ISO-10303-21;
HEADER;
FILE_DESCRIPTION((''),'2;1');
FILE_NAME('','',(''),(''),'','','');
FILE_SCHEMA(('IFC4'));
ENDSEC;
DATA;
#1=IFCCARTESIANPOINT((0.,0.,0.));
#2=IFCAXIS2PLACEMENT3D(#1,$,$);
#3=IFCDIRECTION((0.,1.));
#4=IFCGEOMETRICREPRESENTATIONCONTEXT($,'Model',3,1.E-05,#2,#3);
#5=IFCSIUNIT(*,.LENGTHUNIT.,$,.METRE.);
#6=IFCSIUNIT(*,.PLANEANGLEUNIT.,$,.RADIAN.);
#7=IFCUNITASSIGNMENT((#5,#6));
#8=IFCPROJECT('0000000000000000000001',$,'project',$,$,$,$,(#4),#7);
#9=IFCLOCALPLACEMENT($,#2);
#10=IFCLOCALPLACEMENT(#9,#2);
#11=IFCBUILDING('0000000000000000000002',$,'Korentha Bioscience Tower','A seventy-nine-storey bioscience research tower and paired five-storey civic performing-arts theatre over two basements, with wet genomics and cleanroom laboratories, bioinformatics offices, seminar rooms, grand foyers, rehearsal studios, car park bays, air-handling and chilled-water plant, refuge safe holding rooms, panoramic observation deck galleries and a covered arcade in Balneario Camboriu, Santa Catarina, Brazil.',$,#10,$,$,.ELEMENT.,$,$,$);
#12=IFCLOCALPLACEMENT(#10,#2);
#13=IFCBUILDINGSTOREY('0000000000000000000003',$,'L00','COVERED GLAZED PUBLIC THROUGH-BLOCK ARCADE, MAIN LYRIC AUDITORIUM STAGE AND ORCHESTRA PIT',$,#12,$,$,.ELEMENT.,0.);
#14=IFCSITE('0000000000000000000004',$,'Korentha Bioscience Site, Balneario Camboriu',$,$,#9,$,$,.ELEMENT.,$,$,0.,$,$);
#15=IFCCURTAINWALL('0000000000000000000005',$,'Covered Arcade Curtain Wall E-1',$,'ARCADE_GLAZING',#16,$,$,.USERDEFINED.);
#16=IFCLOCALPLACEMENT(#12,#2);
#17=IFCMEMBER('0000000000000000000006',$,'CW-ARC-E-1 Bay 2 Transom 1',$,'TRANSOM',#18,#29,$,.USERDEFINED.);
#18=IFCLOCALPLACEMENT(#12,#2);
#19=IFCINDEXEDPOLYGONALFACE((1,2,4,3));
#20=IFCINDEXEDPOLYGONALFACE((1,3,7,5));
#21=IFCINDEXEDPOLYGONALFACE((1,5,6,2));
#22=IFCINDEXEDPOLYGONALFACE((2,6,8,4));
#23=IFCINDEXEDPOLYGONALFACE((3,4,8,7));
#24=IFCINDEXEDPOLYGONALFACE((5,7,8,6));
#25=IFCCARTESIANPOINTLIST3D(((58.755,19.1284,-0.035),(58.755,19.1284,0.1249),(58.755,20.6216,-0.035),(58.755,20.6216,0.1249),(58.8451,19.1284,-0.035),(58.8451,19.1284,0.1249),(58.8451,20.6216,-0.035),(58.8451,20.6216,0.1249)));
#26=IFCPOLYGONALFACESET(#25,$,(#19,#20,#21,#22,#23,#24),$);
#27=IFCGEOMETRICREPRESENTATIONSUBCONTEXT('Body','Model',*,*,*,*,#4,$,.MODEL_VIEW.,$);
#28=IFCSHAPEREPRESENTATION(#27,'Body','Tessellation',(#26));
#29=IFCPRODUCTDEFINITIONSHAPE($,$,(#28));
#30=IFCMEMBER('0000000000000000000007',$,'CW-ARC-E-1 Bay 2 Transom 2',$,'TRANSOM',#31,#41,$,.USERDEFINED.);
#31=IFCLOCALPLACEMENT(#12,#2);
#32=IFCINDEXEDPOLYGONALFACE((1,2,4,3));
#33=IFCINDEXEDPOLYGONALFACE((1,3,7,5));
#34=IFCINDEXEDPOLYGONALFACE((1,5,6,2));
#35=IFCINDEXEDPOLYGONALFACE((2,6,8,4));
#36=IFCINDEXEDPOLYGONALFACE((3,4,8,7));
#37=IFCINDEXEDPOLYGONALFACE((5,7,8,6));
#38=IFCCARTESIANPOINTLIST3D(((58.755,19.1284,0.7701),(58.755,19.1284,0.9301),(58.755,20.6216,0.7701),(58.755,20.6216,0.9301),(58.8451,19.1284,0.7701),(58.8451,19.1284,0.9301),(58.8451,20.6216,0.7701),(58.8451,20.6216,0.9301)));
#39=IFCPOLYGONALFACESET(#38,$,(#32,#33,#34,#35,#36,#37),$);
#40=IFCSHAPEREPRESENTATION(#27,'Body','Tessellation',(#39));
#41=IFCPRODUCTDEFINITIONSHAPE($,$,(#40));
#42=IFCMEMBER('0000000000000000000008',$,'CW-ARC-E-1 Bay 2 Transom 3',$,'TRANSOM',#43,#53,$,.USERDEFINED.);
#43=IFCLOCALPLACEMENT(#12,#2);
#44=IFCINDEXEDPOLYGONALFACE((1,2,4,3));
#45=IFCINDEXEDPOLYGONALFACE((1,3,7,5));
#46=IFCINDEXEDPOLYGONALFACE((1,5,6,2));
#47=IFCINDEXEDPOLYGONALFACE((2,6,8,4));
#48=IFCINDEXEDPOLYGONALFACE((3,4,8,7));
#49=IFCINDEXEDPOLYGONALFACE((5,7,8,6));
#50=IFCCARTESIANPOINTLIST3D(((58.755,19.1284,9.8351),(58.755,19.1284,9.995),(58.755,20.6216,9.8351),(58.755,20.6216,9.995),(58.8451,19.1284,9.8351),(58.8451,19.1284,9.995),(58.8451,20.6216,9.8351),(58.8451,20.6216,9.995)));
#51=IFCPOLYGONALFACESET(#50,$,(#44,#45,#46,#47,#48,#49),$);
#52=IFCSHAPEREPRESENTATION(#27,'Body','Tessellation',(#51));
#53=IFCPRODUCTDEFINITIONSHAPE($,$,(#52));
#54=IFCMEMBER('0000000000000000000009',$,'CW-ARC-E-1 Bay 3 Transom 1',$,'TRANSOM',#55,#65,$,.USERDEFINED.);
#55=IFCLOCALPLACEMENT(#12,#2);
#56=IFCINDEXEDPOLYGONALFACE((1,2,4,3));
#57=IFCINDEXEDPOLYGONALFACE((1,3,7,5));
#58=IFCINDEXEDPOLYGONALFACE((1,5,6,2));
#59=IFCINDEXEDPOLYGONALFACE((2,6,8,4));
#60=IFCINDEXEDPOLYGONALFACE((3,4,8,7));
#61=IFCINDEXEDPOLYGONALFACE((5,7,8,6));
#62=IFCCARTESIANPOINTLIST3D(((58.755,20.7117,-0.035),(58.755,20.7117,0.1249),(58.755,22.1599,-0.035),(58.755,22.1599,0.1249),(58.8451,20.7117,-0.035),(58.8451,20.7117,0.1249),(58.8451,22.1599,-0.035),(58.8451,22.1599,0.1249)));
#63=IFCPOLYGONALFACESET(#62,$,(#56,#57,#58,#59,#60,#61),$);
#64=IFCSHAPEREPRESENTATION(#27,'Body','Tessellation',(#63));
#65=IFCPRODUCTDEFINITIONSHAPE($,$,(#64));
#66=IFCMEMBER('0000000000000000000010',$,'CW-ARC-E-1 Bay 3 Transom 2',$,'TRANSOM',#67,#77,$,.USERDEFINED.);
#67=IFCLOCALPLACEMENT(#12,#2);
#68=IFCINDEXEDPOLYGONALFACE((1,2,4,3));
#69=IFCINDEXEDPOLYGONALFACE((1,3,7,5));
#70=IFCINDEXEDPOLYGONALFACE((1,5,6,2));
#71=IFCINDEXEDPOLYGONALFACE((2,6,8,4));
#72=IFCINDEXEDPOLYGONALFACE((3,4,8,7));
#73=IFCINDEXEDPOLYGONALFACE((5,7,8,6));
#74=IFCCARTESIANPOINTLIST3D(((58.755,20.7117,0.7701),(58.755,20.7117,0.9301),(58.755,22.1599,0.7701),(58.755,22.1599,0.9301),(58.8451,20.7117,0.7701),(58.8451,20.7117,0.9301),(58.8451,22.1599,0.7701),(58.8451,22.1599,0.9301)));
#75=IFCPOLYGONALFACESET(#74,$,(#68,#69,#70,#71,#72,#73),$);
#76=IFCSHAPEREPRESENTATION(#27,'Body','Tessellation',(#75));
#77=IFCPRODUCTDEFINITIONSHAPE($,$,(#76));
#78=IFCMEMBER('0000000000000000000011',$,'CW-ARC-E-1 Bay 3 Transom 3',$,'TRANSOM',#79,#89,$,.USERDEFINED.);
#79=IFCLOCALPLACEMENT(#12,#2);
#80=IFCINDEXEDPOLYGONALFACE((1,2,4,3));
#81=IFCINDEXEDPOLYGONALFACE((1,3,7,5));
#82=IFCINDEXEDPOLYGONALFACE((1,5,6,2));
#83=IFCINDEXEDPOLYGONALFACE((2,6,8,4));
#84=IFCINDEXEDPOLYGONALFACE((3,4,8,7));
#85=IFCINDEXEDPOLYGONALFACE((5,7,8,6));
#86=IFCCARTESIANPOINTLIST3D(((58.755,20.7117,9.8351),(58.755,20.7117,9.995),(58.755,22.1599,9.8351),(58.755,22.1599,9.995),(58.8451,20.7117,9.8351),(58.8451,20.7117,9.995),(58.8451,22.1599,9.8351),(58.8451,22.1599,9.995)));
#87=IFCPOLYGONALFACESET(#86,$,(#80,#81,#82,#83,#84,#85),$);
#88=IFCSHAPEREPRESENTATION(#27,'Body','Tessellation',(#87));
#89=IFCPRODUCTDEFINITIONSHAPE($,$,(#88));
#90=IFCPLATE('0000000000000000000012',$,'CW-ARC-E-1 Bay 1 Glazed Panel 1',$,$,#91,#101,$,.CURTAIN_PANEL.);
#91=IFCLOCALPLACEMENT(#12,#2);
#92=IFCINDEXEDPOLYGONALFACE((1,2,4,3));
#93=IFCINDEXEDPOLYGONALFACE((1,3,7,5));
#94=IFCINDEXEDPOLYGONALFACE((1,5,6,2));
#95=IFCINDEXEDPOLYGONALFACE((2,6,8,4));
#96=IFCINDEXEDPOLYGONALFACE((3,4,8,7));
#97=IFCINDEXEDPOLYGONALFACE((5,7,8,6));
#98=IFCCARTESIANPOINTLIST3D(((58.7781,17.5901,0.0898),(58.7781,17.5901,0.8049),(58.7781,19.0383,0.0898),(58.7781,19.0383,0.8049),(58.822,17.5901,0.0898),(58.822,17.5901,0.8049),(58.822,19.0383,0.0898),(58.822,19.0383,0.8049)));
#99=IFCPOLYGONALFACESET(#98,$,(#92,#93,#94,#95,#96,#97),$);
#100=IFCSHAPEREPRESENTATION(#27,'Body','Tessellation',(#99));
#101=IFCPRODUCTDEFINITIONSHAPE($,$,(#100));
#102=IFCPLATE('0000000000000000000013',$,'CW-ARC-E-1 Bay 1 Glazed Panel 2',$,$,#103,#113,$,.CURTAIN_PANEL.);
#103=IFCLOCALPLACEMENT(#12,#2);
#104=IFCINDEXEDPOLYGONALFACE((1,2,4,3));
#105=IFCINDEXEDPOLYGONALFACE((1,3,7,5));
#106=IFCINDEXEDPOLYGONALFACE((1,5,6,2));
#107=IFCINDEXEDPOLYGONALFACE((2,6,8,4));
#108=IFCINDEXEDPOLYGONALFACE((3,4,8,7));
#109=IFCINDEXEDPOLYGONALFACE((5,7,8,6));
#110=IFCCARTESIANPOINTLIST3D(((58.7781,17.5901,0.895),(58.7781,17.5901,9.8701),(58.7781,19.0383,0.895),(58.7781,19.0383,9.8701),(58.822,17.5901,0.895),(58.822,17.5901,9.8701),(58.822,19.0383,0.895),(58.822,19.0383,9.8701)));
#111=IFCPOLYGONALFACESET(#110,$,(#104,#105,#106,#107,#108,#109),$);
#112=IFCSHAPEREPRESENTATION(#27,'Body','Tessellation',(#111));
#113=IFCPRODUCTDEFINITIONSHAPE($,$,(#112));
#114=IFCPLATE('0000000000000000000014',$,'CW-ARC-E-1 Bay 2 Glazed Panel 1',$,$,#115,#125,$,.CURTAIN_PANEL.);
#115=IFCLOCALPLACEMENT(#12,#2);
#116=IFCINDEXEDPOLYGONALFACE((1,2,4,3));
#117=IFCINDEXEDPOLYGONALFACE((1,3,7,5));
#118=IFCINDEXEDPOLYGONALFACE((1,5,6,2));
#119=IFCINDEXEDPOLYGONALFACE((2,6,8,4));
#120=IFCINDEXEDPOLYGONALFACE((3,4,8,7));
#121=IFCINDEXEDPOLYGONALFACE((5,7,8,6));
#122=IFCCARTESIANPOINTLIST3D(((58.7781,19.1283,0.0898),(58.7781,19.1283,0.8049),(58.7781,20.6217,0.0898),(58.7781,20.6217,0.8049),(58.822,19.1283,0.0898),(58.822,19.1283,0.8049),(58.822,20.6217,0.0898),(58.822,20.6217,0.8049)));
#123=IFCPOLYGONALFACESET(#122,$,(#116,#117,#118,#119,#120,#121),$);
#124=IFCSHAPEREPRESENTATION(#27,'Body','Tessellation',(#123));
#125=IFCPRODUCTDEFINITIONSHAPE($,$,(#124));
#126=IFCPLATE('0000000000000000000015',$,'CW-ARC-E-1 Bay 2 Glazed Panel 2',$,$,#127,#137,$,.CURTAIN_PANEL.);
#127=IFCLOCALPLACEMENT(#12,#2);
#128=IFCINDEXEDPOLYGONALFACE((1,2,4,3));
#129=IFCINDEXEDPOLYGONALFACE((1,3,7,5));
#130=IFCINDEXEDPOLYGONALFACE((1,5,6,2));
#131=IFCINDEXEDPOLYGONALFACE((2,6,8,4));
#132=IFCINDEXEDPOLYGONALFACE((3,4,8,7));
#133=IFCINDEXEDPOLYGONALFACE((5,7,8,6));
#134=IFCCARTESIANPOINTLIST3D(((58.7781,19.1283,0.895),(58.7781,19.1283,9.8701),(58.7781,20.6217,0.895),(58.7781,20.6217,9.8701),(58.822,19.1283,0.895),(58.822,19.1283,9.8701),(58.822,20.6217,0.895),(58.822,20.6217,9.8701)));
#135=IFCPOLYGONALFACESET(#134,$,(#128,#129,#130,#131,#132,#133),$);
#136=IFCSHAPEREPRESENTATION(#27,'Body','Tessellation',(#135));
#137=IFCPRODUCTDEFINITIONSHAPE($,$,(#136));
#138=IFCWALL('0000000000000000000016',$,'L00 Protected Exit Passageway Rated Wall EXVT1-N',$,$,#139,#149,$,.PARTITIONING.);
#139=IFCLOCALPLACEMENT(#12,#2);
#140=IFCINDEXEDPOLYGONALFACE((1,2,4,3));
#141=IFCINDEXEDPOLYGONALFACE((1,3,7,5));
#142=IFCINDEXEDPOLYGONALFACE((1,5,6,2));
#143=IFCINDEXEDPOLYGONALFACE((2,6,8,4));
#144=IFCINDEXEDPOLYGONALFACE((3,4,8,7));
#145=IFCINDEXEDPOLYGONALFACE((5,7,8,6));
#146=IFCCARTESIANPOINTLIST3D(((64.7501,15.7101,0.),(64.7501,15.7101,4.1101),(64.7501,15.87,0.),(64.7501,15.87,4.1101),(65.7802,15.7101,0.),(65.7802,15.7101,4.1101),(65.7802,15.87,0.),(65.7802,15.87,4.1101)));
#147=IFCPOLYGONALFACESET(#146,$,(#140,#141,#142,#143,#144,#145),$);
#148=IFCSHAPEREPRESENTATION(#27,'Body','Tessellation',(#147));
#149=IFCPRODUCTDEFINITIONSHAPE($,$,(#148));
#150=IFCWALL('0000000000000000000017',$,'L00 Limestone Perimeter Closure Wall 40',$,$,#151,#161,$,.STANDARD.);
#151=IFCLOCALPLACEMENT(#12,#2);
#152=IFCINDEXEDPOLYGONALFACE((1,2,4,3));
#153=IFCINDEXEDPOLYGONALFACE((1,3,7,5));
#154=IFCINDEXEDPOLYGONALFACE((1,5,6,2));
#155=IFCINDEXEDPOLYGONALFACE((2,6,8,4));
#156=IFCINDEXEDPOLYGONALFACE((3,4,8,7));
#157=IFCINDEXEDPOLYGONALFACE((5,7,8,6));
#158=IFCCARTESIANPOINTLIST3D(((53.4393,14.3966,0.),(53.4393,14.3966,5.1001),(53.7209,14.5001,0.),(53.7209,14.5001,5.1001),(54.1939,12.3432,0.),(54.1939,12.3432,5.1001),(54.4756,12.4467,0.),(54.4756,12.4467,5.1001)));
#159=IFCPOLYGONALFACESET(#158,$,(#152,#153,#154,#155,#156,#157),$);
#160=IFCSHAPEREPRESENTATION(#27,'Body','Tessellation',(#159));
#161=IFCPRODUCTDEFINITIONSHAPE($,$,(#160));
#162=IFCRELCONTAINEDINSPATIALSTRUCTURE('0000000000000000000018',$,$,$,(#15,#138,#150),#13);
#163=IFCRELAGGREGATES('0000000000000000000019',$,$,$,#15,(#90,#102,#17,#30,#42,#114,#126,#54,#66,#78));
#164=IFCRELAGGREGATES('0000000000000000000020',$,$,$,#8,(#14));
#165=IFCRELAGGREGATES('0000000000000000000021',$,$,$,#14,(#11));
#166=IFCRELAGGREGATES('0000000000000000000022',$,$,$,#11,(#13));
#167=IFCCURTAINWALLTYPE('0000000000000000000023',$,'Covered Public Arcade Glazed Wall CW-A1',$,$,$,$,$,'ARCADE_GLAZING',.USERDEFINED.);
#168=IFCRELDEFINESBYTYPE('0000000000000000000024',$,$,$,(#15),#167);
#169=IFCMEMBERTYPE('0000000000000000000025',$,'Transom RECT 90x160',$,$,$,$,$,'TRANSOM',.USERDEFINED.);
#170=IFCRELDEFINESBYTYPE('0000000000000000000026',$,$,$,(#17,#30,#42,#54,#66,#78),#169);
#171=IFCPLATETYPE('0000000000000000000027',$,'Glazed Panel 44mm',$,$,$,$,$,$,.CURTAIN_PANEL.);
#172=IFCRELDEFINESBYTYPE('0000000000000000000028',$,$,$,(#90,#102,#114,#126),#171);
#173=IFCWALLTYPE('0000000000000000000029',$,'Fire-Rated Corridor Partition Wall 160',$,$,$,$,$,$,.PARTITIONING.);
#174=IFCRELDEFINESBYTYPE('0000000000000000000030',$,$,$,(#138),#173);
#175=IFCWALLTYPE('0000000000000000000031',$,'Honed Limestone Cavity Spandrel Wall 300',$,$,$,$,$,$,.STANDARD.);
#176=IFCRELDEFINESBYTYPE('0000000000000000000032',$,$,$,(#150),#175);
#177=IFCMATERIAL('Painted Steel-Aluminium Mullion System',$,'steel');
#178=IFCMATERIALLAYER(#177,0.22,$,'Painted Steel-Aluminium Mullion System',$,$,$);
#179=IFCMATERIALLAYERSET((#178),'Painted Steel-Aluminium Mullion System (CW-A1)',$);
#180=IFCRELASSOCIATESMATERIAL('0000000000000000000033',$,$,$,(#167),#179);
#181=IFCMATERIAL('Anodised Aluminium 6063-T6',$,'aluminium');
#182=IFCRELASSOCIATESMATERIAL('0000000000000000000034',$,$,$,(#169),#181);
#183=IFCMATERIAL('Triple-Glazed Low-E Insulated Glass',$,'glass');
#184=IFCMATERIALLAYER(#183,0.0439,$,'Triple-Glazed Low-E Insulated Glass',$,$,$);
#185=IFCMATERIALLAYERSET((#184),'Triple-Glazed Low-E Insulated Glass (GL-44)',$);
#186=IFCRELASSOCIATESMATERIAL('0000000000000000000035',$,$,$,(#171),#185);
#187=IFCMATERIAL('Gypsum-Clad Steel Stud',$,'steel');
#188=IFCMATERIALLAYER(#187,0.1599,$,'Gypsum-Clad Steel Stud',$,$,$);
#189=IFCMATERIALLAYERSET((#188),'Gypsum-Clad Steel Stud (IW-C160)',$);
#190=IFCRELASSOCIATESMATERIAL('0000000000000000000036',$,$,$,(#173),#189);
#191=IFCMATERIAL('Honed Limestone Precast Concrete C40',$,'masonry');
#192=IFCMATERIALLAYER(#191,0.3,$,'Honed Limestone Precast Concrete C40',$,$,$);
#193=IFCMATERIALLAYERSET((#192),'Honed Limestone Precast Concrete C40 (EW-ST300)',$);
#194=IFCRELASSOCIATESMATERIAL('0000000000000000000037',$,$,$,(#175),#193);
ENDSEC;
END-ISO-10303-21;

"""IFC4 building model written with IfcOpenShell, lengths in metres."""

from ifc_helpers import new_model, si_unit, direction, frame, frame_2d, origin, origin_2d, place, context, subcontext, project, spatial, rectangle, extrude, material, layer, layer_set, material_profile, profile_set, type_object, element, aggregate, save


model = new_model("IFC4")

# Units and contexts
model_context = context("Model", 3, precision=1e-05, world=origin(), true_north=direction((0.0, 1.0)))
body_context = subcontext(model_context, "Body", "Model", "MODEL_VIEW")
ifc_project = project(units=[si_unit("LENGTHUNIT", "METRE"), si_unit("PLANEANGLEUNIT", "RADIAN")], contexts=[model_context])

# Site, building, storey
site_placement = place(None, origin())
site = spatial("IfcSite", under=ifc_project, at=site_placement, Name="Korentha Bioscience Site, Balneario Camboriu", CompositionType="ELEMENT", RefElevation=0.0)
building_placement = place(site_placement, origin())
building = spatial("IfcBuilding", under=site, at=building_placement, Name="Korentha Bioscience Tower", Description="A seventy-nine-storey bioscience research tower and paired five-storey civic performing-arts theatre over two basements, with wet genomics and cleanroom laboratories, bioinformatics offices, seminar rooms, grand foyers, rehearsal studios, car park bays, air-handling and chilled-water plant, refuge safe holding rooms, panoramic observation deck galleries and a covered arcade in Balneario Camboriu, Santa Catarina, Brazil.", CompositionType="ELEMENT")
storey_placement = place(building_placement, origin())
storey = spatial("IfcBuildingStorey", under=building, at=storey_placement, Name="L00", Description="COVERED GLAZED PUBLIC THROUGH-BLOCK ARCADE, MAIN LYRIC AUDITORIUM STAGE AND ORCHESTRA PIT", CompositionType="ELEMENT", Elevation=0.0)

# Curtain wall
ifc_material_1 = material(Name="Painted Steel-Aluminium Mullion System", Category="steel")
ifc_layer_1 = layer(ifc_material_1, 0.22, Name="Painted Steel-Aluminium Mullion System")
ifc_layer_set_1 = layer_set([ifc_layer_1], Name="Painted Steel-Aluminium Mullion System (CW-A1)")
curtain_wall_type = type_object("IfcCurtainWallType", Name="Covered Public Arcade Glazed Wall CW-A1", ElementType="ARCADE_GLAZING", PredefinedType="USERDEFINED", material=ifc_layer_set_1)
curtain_wall_placement = place(storey_placement, origin())
curtain_wall = element("IfcCurtainWall", 1, at=curtain_wall_placement, inside=storey, type_object=curtain_wall_type, Name="Covered Arcade Curtain Wall E-1", ObjectType="ARCADE_GLAZING", PredefinedType="USERDEFINED")
ifc_material_2 = material(Name="Anodised Aluminium 6063-T6", Category="aluminium")

# Members
ifc_material_profile_1 = material_profile(ifc_material_2, rectangle(XDim=0.0901, YDim=0.1599, at=origin_2d()), Name="Anodised Aluminium 6063-T6")
ifc_profile_set_1 = profile_set([ifc_material_profile_1], Name="Anodised Aluminium 6063-T6 (CW-TRN)")
member_type_1 = type_object("IfcMemberType", Name="Transom RECT 90x160", ElementType="TRANSOM", PredefinedType="USERDEFINED", material=ifc_profile_set_1)
member_1_placement = place(storey_placement, frame((58.8, 19.1284, 0.0449), z_axis=(0.0, 1.0, 0.0), x_axis=(-1.0, 0.0, 0.0)))
member_1 = element("IfcMember", 2, at=member_1_placement, type_object=member_type_1, Name="CW-ARC-E-1 Bay 2 Transom 1", ObjectType="TRANSOM", PredefinedType="USERDEFINED", context=body_context, shape_type="SweptSolid", body=[
    extrude(rectangle(XDim=0.0901, YDim=0.1599, at=origin_2d()), origin(), (0.0, 0.0, 1.0), 1.4932),
])
member_2_placement = place(storey_placement, frame((58.8, 19.1284, 0.8501), z_axis=(0.0, 1.0, 0.0), x_axis=(-1.0, 0.0, 0.0)))
member_2 = element("IfcMember", 3, at=member_2_placement, type_object=member_type_1, Name="CW-ARC-E-1 Bay 2 Transom 2", ObjectType="TRANSOM", PredefinedType="USERDEFINED", context=body_context, shape_type="SweptSolid", body=[
    extrude(rectangle(XDim=0.0901, YDim=0.1599, at=origin_2d()), origin(), (0.0, 0.0, 1.0), 1.4932),
])
member_3_placement = place(storey_placement, frame((58.8, 19.1284, 9.915), z_axis=(0.0, 1.0, 0.0), x_axis=(-1.0, 0.0, 0.0)))
member_3 = element("IfcMember", 4, at=member_3_placement, type_object=member_type_1, Name="CW-ARC-E-1 Bay 2 Transom 3", ObjectType="TRANSOM", PredefinedType="USERDEFINED", context=body_context, shape_type="SweptSolid", body=[
    extrude(rectangle(XDim=0.0901, YDim=0.1599, at=origin_2d()), origin(), (0.0, 0.0, 1.0), 1.4932),
])
member_4_placement = place(storey_placement, frame((58.8, 20.7117, 0.0449), z_axis=(0.0, 1.0, 0.0), x_axis=(-1.0, 0.0, 0.0)))
member_4 = element("IfcMember", 5, at=member_4_placement, type_object=member_type_1, Name="CW-ARC-E-1 Bay 3 Transom 1", ObjectType="TRANSOM", PredefinedType="USERDEFINED", context=body_context, shape_type="SweptSolid", body=[
    extrude(rectangle(XDim=0.0901, YDim=0.1599, at=origin_2d()), origin(), (0.0, 0.0, 1.0), 1.4482),
])
member_5_placement = place(storey_placement, frame((58.8, 20.7117, 0.8501), z_axis=(0.0, 1.0, 0.0), x_axis=(-1.0, 0.0, 0.0)))
member_5 = element("IfcMember", 6, at=member_5_placement, type_object=member_type_1, Name="CW-ARC-E-1 Bay 3 Transom 2", ObjectType="TRANSOM", PredefinedType="USERDEFINED", context=body_context, shape_type="SweptSolid", body=[
    extrude(rectangle(XDim=0.0901, YDim=0.1599, at=origin_2d()), origin(), (0.0, 0.0, 1.0), 1.4482),
])
member_6_placement = place(storey_placement, frame((58.8, 20.7117, 9.915), z_axis=(0.0, 1.0, 0.0), x_axis=(-1.0, 0.0, 0.0)))
member_6 = element("IfcMember", 7, at=member_6_placement, type_object=member_type_1, Name="CW-ARC-E-1 Bay 3 Transom 3", ObjectType="TRANSOM", PredefinedType="USERDEFINED", context=body_context, shape_type="SweptSolid", body=[
    extrude(rectangle(XDim=0.0901, YDim=0.1599, at=origin_2d()), origin(), (0.0, 0.0, 1.0), 1.4482),
])

# Plates
ifc_material_3 = material(Name="Triple-Glazed Low-E Insulated Glass", Category="glass")
ifc_layer_2 = layer(ifc_material_3, 0.0439, Name="Triple-Glazed Low-E Insulated Glass")
ifc_layer_set_2 = layer_set([ifc_layer_2], Name="Triple-Glazed Low-E Insulated Glass (GL-44)")
plate_type = type_object("IfcPlateType", Name="Glazed Panel 44mm", PredefinedType="CURTAIN_PANEL", material=ifc_layer_set_2)
plate_1_placement = place(storey_placement, frame((58.8, 18.3142, 0.0898), z_axis=(0.0, 0.0, 1.0), x_axis=(0.0, 1.0, 0.0)))
plate_1 = element("IfcPlate", 8, at=plate_1_placement, type_object=plate_type, Name="CW-ARC-E-1 Bay 1 Glazed Panel 1", PredefinedType="CURTAIN_PANEL", context=body_context, shape_type="SweptSolid", body=[
    extrude(rectangle(XDim=1.4482, YDim=0.0439, at=origin_2d()), origin(), (0.0, 0.0, 1.0), 0.7151),
])
plate_2_placement = place(storey_placement, frame((58.8, 18.3142, 0.895), z_axis=(0.0, 0.0, 1.0), x_axis=(0.0, 1.0, 0.0)))
plate_2 = element("IfcPlate", 9, at=plate_2_placement, type_object=plate_type, Name="CW-ARC-E-1 Bay 1 Glazed Panel 2", PredefinedType="CURTAIN_PANEL", context=body_context, shape_type="SweptSolid", body=[
    extrude(rectangle(XDim=1.4482, YDim=0.0439, at=origin_2d()), origin(), (0.0, 0.0, 1.0), 8.9751),
])
plate_3_placement = place(storey_placement, frame((58.8, 19.875, 0.0898), z_axis=(0.0, 0.0, 1.0), x_axis=(0.0, 1.0, 0.0)))
plate_3 = element("IfcPlate", 10, at=plate_3_placement, type_object=plate_type, Name="CW-ARC-E-1 Bay 2 Glazed Panel 1", PredefinedType="CURTAIN_PANEL", context=body_context, shape_type="SweptSolid", body=[
    extrude(rectangle(XDim=1.4934, YDim=0.0439, at=origin_2d()), origin(), (0.0, 0.0, 1.0), 0.7151),
])
plate_4_placement = place(storey_placement, frame((58.8, 19.875, 0.895), z_axis=(0.0, 0.0, 1.0), x_axis=(0.0, 1.0, 0.0)))
plate_4 = element("IfcPlate", 11, at=plate_4_placement, type_object=plate_type, Name="CW-ARC-E-1 Bay 2 Glazed Panel 2", PredefinedType="CURTAIN_PANEL", context=body_context, shape_type="SweptSolid", body=[
    extrude(rectangle(XDim=1.4934, YDim=0.0439, at=origin_2d()), origin(), (0.0, 0.0, 1.0), 8.9751),
])
aggregate(curtain_wall, [plate_1, plate_2, member_1, member_2, member_3, plate_3, plate_4, member_4, member_5, member_6])

# Walls
ifc_material_4 = material(Name="Gypsum-Clad Steel Stud", Category="steel")
ifc_layer_3 = layer(ifc_material_4, 0.1599, Name="Gypsum-Clad Steel Stud")
ifc_layer_set_3 = layer_set([ifc_layer_3], Name="Gypsum-Clad Steel Stud (IW-C160)")
wall_type_1 = type_object("IfcWallType", Name="Fire-Rated Corridor Partition Wall 160", PredefinedType="PARTITIONING", material=ifc_layer_set_3)
wall_1_placement = place(storey_placement, frame((64.75, 15.79, 0.0), z_axis=(0.0, 0.0, 1.0), x_axis=(1.0, 0.0, 0.0)))
element("IfcWall", 12, at=wall_1_placement, inside=storey, type_object=wall_type_1, Name="L00 Protected Exit Passageway Rated Wall EXVT1-N", PredefinedType="PARTITIONING", context=body_context, shape_type="SweptSolid", body=[
    extrude(rectangle(XDim=1.03, YDim=0.1599, at=frame_2d((0.5151, 0.0))), origin(), (0.0, 0.0, 1.0), 4.1101),
])
ifc_material_5 = material(Name="Honed Limestone Precast Concrete C40", Category="masonry")
ifc_layer_4 = layer(ifc_material_5, 0.3, Name="Honed Limestone Precast Concrete C40")
ifc_layer_set_4 = layer_set([ifc_layer_4], Name="Honed Limestone Precast Concrete C40 (EW-ST300)")
wall_type_2 = type_object("IfcWallType", Name="Honed Limestone Cavity Spandrel Wall 300", PredefinedType="STANDARD", material=ifc_layer_set_4)
wall_2_placement = place(storey_placement, frame((54.3347, 12.395, 0.0), z_axis=(0.0, 0.0, 1.0), x_axis=(-0.34494, 0.938625, 0.0)))
element("IfcWall", 13, at=wall_2_placement, inside=storey, type_object=wall_type_2, Name="L00 Limestone Perimeter Closure Wall 40", PredefinedType="STANDARD", context=body_context, shape_type="SweptSolid", body=[
    extrude(rectangle(XDim=2.1877, YDim=0.3, at=frame_2d((1.0938, 0.0))), origin(), (0.0, 0.0, 1.0), 5.1001),
])

save(model, "model.ifc")
